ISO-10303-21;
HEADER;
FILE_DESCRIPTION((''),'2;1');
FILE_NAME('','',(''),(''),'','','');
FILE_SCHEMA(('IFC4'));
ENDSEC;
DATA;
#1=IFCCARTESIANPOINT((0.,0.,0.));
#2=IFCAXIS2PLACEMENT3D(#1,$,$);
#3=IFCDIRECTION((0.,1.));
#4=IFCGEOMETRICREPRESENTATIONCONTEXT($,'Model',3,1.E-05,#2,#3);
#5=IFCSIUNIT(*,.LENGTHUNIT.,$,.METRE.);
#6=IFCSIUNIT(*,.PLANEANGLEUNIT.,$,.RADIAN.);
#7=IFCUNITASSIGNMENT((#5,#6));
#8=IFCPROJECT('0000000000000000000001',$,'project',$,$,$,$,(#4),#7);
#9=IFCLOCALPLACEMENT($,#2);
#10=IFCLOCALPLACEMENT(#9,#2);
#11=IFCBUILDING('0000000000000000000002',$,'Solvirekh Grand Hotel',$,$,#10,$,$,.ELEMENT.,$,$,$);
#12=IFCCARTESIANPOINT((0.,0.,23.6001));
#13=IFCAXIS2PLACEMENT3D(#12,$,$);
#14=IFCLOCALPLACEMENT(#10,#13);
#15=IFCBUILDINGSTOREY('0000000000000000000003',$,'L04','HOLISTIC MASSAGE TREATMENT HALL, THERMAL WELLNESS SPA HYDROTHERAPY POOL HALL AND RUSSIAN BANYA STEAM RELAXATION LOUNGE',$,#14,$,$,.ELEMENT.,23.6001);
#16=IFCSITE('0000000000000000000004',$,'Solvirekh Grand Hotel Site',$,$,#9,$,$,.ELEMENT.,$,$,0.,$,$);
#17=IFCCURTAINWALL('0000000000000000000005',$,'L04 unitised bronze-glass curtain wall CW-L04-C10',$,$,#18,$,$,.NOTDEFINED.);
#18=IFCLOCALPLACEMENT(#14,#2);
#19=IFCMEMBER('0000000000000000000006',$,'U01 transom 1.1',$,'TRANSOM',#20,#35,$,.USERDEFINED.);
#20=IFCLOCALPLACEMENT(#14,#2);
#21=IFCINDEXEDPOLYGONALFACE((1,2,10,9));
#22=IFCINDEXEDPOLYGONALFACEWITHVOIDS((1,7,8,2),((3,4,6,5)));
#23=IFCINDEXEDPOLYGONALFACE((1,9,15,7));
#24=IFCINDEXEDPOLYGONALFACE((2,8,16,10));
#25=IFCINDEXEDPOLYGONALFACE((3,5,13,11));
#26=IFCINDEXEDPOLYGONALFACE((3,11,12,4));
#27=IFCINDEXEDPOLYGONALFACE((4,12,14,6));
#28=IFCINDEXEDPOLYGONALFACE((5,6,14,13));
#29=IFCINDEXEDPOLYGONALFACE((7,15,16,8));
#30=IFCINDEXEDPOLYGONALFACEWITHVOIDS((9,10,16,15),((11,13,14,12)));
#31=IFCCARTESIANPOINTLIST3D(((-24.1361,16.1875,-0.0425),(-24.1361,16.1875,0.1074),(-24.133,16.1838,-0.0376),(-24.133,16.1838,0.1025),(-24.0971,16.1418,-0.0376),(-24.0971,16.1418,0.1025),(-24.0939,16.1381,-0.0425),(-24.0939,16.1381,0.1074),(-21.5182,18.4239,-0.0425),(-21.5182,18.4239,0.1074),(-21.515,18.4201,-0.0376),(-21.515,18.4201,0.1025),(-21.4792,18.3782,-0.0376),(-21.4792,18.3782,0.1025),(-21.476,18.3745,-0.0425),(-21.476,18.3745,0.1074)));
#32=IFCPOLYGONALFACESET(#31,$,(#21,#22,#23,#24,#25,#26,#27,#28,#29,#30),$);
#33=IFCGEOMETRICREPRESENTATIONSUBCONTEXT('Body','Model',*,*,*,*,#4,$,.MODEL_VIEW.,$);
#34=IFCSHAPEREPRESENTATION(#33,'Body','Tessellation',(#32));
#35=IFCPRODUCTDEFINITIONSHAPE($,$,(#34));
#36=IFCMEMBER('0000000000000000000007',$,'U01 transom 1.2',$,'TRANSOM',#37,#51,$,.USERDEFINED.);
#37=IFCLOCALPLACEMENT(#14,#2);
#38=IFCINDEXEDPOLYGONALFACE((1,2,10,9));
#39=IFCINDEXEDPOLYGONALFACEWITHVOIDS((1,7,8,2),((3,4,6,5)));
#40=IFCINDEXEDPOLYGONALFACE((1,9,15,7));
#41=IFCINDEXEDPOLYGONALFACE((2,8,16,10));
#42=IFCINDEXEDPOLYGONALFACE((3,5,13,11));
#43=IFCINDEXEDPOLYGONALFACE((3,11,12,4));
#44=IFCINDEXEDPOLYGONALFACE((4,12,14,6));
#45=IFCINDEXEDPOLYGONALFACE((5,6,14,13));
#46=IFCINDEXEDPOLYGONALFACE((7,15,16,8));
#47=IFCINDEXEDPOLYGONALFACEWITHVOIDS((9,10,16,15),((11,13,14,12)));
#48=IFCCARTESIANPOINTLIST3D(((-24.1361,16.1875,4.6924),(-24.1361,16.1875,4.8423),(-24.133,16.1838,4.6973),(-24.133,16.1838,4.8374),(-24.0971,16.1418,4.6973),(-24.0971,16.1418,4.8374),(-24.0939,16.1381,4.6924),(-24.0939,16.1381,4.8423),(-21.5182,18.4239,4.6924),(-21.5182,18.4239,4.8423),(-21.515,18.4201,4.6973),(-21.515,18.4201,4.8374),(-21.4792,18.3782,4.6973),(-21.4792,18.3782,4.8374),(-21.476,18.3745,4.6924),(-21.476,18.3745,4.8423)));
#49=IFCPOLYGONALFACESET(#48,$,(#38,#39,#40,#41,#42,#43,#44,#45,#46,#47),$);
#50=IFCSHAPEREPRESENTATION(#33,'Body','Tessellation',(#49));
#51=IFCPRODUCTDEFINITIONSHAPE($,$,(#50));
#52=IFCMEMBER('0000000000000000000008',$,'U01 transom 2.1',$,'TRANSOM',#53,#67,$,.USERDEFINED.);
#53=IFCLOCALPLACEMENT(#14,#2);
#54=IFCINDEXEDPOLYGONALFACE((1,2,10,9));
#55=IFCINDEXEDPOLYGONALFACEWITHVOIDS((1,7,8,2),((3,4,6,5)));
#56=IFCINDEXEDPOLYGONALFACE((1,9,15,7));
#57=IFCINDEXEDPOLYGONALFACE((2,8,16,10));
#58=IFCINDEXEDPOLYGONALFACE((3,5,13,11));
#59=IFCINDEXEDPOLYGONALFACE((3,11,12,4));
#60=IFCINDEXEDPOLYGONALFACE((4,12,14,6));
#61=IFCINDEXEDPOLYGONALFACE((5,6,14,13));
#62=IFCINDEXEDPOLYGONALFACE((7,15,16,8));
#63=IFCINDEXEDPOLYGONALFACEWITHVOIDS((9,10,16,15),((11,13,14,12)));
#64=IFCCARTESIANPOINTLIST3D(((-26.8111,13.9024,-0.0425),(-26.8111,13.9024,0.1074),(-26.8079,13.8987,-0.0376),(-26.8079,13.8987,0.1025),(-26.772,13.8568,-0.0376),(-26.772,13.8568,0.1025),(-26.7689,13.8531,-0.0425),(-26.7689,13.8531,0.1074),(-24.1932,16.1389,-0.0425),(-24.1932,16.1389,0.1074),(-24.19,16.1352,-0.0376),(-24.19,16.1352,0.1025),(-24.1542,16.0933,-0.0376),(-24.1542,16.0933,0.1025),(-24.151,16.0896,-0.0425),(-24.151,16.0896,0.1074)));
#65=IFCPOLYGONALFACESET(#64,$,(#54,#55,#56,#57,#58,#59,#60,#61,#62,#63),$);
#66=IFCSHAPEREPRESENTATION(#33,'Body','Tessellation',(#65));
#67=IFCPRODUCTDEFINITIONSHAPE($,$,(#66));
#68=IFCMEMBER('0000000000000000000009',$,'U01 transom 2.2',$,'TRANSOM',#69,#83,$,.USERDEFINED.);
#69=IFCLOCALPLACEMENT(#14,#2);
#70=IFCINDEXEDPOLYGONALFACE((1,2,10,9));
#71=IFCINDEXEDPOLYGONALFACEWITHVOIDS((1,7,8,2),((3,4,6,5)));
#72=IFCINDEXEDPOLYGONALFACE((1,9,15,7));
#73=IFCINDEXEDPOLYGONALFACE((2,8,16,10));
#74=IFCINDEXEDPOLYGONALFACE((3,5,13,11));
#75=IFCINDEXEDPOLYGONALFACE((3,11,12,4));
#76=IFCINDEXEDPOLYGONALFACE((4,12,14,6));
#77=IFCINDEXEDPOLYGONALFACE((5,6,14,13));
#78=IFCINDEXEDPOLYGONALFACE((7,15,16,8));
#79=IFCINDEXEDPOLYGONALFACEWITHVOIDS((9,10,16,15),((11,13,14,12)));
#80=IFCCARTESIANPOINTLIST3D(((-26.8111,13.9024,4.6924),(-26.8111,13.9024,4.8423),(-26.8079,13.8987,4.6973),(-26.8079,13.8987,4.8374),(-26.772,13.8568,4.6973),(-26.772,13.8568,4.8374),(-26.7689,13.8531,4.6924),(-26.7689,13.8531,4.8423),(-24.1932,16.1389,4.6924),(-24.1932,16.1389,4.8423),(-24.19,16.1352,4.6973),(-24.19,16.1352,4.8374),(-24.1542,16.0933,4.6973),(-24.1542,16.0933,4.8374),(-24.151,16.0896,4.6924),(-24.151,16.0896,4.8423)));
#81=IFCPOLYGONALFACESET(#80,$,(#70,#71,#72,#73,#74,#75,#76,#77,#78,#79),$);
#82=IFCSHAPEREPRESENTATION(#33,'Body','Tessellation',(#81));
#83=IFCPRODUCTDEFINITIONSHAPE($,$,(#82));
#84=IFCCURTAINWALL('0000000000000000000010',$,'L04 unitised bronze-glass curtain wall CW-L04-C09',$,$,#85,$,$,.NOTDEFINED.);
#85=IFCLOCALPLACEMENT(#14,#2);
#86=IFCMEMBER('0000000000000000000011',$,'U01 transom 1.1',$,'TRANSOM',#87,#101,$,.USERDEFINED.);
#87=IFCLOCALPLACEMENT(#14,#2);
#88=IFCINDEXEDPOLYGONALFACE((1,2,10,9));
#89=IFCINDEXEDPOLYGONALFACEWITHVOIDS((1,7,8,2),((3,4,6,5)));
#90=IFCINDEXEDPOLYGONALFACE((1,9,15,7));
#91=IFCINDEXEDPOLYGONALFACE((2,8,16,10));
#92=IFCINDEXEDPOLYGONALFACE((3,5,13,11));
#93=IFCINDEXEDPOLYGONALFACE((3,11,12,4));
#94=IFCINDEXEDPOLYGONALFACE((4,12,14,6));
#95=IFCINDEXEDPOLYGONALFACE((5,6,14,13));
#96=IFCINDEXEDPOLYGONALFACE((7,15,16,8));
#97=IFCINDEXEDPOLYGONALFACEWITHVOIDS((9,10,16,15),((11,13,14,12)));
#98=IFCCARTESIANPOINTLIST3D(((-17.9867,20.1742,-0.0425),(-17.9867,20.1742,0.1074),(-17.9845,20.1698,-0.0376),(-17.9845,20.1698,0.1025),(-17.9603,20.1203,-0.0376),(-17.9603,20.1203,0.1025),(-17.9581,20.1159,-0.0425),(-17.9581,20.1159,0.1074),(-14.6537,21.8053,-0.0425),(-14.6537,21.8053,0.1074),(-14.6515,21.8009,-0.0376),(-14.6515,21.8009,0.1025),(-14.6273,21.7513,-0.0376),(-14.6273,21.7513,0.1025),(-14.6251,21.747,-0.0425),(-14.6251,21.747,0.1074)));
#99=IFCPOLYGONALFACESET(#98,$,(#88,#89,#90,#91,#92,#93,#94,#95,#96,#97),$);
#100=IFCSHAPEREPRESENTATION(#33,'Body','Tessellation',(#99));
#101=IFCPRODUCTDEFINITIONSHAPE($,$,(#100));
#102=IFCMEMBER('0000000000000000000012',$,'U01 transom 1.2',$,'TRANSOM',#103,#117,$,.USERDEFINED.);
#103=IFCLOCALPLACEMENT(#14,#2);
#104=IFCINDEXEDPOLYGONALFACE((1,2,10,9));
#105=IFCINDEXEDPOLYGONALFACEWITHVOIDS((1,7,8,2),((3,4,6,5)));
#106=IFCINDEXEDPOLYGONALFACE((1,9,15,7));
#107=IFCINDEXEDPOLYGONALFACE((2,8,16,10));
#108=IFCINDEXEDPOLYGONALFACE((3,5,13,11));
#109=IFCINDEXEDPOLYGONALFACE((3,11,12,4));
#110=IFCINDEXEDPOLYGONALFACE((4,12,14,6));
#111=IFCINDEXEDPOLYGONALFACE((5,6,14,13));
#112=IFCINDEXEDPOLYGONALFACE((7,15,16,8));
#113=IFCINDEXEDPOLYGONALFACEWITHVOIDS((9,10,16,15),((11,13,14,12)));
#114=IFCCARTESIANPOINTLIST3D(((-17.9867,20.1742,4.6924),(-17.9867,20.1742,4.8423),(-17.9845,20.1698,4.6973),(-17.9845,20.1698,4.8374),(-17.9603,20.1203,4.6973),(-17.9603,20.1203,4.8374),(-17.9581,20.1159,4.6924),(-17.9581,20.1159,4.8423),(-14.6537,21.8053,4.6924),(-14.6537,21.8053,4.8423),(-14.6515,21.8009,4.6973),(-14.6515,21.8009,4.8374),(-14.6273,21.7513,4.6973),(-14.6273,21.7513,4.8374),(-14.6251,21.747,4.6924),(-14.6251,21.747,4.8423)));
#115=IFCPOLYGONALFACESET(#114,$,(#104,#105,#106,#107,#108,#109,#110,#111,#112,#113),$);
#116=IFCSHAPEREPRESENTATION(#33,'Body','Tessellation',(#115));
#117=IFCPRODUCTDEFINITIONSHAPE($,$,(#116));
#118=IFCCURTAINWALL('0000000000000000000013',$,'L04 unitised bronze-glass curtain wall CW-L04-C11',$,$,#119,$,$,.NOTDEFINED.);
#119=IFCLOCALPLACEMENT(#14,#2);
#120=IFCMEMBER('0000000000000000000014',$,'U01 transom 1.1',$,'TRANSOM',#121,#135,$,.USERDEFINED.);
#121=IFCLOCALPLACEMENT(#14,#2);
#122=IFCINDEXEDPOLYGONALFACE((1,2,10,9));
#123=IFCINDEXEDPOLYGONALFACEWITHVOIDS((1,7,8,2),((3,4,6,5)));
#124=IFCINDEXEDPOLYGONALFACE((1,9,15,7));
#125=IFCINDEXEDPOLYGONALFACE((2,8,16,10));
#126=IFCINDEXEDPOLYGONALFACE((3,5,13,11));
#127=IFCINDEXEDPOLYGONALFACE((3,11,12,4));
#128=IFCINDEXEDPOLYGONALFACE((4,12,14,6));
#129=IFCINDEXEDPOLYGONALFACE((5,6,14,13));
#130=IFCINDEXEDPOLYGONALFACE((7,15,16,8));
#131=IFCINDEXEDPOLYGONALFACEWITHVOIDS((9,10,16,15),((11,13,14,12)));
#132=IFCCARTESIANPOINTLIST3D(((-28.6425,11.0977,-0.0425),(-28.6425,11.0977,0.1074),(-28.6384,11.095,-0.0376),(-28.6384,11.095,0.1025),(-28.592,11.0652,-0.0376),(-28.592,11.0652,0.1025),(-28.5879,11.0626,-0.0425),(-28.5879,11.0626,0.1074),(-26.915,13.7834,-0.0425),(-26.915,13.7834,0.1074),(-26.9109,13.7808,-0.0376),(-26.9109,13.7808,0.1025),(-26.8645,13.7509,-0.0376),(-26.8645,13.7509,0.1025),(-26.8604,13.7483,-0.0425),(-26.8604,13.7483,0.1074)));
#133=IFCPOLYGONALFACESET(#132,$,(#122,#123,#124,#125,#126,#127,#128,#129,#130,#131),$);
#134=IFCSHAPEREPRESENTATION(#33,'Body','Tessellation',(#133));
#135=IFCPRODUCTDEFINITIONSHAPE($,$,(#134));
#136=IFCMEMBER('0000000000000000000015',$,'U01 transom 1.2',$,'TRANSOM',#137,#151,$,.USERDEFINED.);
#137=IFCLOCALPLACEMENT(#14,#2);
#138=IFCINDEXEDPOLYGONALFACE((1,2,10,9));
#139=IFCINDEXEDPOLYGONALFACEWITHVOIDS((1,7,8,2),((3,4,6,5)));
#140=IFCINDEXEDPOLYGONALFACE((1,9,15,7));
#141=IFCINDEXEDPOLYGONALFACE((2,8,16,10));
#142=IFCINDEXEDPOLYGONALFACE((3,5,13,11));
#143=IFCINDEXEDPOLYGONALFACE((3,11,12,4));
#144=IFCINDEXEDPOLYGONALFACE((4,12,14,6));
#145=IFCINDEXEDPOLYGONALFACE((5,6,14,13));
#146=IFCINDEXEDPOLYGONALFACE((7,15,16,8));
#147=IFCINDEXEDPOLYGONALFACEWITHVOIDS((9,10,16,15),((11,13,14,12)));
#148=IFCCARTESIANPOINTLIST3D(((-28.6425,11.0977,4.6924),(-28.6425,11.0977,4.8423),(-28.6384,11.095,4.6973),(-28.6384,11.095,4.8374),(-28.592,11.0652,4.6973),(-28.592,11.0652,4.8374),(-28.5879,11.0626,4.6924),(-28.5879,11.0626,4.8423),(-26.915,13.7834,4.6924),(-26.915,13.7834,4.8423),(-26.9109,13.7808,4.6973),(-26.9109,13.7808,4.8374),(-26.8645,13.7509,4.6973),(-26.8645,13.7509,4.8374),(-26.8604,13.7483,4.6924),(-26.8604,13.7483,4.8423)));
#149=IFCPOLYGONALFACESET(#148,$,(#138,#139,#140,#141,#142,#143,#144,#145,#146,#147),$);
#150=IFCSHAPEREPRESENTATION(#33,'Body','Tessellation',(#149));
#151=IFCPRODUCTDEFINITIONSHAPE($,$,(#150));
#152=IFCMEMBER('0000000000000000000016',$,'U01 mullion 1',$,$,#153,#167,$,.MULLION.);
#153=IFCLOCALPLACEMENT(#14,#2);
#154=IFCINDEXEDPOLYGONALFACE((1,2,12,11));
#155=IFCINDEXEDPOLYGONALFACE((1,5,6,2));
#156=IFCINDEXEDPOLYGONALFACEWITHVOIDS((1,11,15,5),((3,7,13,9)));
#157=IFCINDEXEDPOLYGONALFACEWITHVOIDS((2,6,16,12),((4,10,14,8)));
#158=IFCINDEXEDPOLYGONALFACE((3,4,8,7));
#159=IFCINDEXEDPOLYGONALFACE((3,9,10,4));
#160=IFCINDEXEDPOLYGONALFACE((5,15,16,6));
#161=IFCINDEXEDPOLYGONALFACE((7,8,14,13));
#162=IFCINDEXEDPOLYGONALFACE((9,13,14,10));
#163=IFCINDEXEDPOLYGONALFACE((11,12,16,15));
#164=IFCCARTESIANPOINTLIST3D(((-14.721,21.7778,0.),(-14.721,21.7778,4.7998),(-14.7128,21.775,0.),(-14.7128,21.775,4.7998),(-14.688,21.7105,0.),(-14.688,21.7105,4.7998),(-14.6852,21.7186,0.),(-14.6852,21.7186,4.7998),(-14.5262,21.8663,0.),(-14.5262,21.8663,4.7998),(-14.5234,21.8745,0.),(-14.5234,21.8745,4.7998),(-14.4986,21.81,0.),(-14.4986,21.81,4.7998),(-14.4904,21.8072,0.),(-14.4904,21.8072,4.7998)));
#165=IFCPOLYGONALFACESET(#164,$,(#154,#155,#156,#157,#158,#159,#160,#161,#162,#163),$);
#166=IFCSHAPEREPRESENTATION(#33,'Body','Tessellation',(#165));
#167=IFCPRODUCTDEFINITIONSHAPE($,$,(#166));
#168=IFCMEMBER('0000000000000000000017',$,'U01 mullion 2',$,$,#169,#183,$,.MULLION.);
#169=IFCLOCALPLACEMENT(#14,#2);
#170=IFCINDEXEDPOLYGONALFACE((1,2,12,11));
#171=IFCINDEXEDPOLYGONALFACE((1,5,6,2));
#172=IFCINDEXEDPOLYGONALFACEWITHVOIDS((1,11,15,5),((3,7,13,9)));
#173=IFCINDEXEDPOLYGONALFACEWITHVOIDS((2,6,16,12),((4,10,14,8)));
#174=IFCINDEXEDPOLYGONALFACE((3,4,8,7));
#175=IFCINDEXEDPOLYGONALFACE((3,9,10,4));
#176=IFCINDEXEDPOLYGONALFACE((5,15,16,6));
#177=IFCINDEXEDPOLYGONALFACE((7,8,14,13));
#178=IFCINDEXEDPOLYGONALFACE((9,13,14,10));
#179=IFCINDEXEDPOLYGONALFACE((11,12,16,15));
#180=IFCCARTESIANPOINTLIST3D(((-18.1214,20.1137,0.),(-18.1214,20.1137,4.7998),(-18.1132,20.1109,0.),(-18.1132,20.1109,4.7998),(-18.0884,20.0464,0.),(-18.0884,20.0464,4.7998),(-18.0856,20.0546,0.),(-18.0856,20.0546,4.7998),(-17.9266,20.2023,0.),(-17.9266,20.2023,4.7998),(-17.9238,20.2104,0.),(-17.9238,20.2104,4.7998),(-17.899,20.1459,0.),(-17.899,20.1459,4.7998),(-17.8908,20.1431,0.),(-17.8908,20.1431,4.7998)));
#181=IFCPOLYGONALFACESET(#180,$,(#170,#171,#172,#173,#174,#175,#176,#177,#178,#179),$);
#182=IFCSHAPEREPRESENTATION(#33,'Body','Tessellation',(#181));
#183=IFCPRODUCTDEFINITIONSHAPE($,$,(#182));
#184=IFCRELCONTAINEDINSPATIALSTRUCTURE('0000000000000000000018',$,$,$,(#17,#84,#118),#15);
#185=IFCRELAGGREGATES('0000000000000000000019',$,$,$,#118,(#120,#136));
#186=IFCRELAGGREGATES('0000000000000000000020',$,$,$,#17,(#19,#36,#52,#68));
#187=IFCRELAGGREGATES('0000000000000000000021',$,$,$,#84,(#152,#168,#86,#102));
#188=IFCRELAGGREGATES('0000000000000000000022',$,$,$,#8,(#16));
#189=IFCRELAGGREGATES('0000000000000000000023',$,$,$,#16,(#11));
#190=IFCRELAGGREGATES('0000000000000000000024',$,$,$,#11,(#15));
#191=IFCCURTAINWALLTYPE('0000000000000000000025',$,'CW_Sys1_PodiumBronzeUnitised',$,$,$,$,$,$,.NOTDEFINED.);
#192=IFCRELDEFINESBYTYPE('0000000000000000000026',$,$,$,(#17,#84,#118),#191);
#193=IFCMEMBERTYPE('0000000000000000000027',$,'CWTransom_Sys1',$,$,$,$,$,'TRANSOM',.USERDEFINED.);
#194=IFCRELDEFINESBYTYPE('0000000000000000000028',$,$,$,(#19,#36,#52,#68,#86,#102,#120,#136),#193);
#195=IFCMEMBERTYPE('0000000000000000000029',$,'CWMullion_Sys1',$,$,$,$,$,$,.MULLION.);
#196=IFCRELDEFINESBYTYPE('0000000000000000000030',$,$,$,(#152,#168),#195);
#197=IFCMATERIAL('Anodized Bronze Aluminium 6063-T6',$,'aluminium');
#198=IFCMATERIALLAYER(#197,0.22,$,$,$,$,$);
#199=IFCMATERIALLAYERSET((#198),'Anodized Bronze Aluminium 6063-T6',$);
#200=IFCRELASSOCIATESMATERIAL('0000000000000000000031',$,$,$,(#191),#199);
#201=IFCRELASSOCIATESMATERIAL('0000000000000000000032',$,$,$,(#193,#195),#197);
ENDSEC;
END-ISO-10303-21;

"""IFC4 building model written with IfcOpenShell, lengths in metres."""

from ifc_helpers import new_model, si_unit, direction, frame, origin, origin_2d, place, context, subcontext, project, spatial, hollow_rectangle, extrude, source, transform, mapped, material, layer, layer_set, material_profile, profile_set, type_object, element, aggregate, save


model = new_model("IFC4")

# Units and contexts
model_context = context("Model", 3, precision=1e-05, world=origin(), true_north=direction((0.0, 1.0)))
body_context = subcontext(model_context, "Body", "Model", "MODEL_VIEW")
ifc_project = project(units=[si_unit("LENGTHUNIT", "METRE"), si_unit("PLANEANGLEUNIT", "RADIAN")], contexts=[model_context])

# Site, building, storey
site_placement = place(None, origin())
site = spatial("IfcSite", under=ifc_project, at=site_placement, Name="Solvirekh Grand Hotel Site", CompositionType="ELEMENT", RefElevation=0.0)
building_placement = place(site_placement, origin())
building = spatial("IfcBuilding", under=site, at=building_placement, Name="Solvirekh Grand Hotel", CompositionType="ELEMENT")
storey_placement = place(building_placement, frame((0.0, 0.0, 23.6001)))
storey = spatial("IfcBuildingStorey", under=building, at=storey_placement, Name="L04", Description="HOLISTIC MASSAGE TREATMENT HALL, THERMAL WELLNESS SPA HYDROTHERAPY POOL HALL AND RUSSIAN BANYA STEAM RELAXATION LOUNGE", CompositionType="ELEMENT", Elevation=23.6001)

# Curtain walls, members
ifc_material_1 = material(Name="Anodized Bronze Aluminium 6063-T6", Category="aluminium")
ifc_layer_1 = layer(ifc_material_1, 0.22)
ifc_layer_set_1 = layer_set([ifc_layer_1], Name="Anodized Bronze Aluminium 6063-T6")
curtain_wall_type = type_object("IfcCurtainWallType", Name="CW_Sys1_PodiumBronzeUnitised", PredefinedType="NOTDEFINED", material=ifc_layer_set_1)
curtain_wall_1_placement = place(storey_placement, origin())
curtain_wall_1 = element("IfcCurtainWall", 1, at=curtain_wall_1_placement, inside=storey, type_object=curtain_wall_type, Name="L04 unitised bronze-glass curtain wall CW-L04-C10", PredefinedType="NOTDEFINED")
ifc_material_profile_1 = material_profile(ifc_material_1, hollow_rectangle(XDim=0.0649, YDim=0.1499, WallThickness=0.0049, at=origin_2d()), Name="ALU RHS 150X65X5")
ifc_profile_set_1 = profile_set([ifc_material_profile_1], Name="Anodized Bronze Aluminium 6063-T6")
member_type_1 = type_object("IfcMemberType", Name="CWTransom_Sys1", ElementType="TRANSOM", PredefinedType="USERDEFINED", material=ifc_profile_set_1)
shared_shape_1 = source(origin(), body_context, "Body", "SweptSolid", [
    extrude(hollow_rectangle(XDim=0.0649, YDim=0.1499, WallThickness=0.0049, at=origin_2d()), origin(), (0.0, 0.0, 1.0), 3.4431),
])
member_1_placement = place(storey_placement, frame((-21.4971, 18.3992, 0.0325), z_axis=(-0.760347, -0.649517, 0.0), x_axis=(0.649517, -0.760347, 0.0)))
member_1 = element("IfcMember", 2, at=member_1_placement, type_object=member_type_1, Name="U01 transom 1.1", ObjectType="TRANSOM", PredefinedType="USERDEFINED", context=body_context, shape_type="MappedRepresentation", body=[
    mapped(shared_shape_1, transform((0.0, 0.0, 0.0), x_axis=(1.0, 0.0, 0.0), y_axis=(0.0, 1.0, 0.0), z_axis=(0.0, 0.0, 1.0), scale=1.0)),
])
member_2_placement = place(storey_placement, frame((-21.4971, 18.3992, 4.7673), z_axis=(-0.760347, -0.649517, 0.0), x_axis=(0.649517, -0.760347, 0.0)))
member_2 = element("IfcMember", 3, at=member_2_placement, type_object=member_type_1, Name="U01 transom 1.2", ObjectType="TRANSOM", PredefinedType="USERDEFINED", context=body_context, shape_type="MappedRepresentation", body=[
    mapped(shared_shape_1, transform((0.0, 0.0, 0.0), x_axis=(1.0, 0.0, 0.0), y_axis=(0.0, 1.0, 0.0), z_axis=(0.0, 0.0, 1.0), scale=1.0)),
])
member_3_placement = place(storey_placement, frame((-24.1721, 16.1143, 0.0325), z_axis=(-0.760312, -0.649558, 0.0), x_axis=(0.649558, -0.760312, 0.0)))
member_3 = element("IfcMember", 4, at=member_3_placement, type_object=member_type_1, Name="U01 transom 2.1", ObjectType="TRANSOM", PredefinedType="USERDEFINED", context=body_context, shape_type="MappedRepresentation", body=[
    mapped(shared_shape_1, transform((0.0, 0.0, 0.0), x_axis=(1.0, 0.0, 0.0), y_axis=(0.0, 1.0, 0.0), z_axis=(0.0, 0.0, 1.0), scale=1.0)),
])
member_4_placement = place(storey_placement, frame((-24.1721, 16.1143, 4.7673), z_axis=(-0.760312, -0.649558, 0.0), x_axis=(0.649558, -0.760312, 0.0)))
member_4 = element("IfcMember", 5, at=member_4_placement, type_object=member_type_1, Name="U01 transom 2.2", ObjectType="TRANSOM", PredefinedType="USERDEFINED", context=body_context, shape_type="MappedRepresentation", body=[
    mapped(shared_shape_1, transform((0.0, 0.0, 0.0), x_axis=(1.0, 0.0, 0.0), y_axis=(0.0, 1.0, 0.0), z_axis=(0.0, 0.0, 1.0), scale=1.0)),
])
curtain_wall_2_placement = place(storey_placement, origin())
curtain_wall_2 = element("IfcCurtainWall", 6, at=curtain_wall_2_placement, inside=storey, type_object=curtain_wall_type, Name="L04 unitised bronze-glass curtain wall CW-L04-C09", PredefinedType="NOTDEFINED")
shared_shape_2 = source(origin(), body_context, "Body", "SweptSolid", [
    extrude(hollow_rectangle(XDim=0.0649, YDim=0.1499, WallThickness=0.0049, at=origin_2d()), origin(), (0.0, 0.0, 1.0), 3.7107),
])
member_5_placement = place(storey_placement, frame((-14.6394, 21.7761, 0.0325), z_axis=(-0.898211, -0.439565, 0.0), x_axis=(0.439565, -0.898211, 0.0)))
member_5 = element("IfcMember", 7, at=member_5_placement, type_object=member_type_1, Name="U01 transom 1.1", ObjectType="TRANSOM", PredefinedType="USERDEFINED", context=body_context, shape_type="MappedRepresentation", body=[
    mapped(shared_shape_2, transform((0.0, 0.0, 0.0), x_axis=(1.0, 0.0, 0.0), y_axis=(0.0, 1.0, 0.0), z_axis=(0.0, 0.0, 1.0), scale=1.0)),
])
member_6_placement = place(storey_placement, frame((-14.6394, 21.7761, 4.7673), z_axis=(-0.898211, -0.439565, 0.0), x_axis=(0.439565, -0.898211, 0.0)))
member_6 = element("IfcMember", 8, at=member_6_placement, type_object=member_type_1, Name="U01 transom 1.2", ObjectType="TRANSOM", PredefinedType="USERDEFINED", context=body_context, shape_type="MappedRepresentation", body=[
    mapped(shared_shape_2, transform((0.0, 0.0, 0.0), x_axis=(1.0, 0.0, 0.0), y_axis=(0.0, 1.0, 0.0), z_axis=(0.0, 0.0, 1.0), scale=1.0)),
])
curtain_wall_3_placement = place(storey_placement, origin())
curtain_wall_3 = element("IfcCurtainWall", 9, at=curtain_wall_3_placement, inside=storey, type_object=curtain_wall_type, Name="L04 unitised bronze-glass curtain wall CW-L04-C11", PredefinedType="NOTDEFINED")
shared_shape_3 = source(origin(), body_context, "Body", "SweptSolid", [
    extrude(hollow_rectangle(XDim=0.0649, YDim=0.1499, WallThickness=0.0049, at=origin_2d()), origin(), (0.0, 0.0, 1.0), 3.1934),
])
member_7_placement = place(storey_placement, frame((-26.8877, 13.7659, 0.0325), z_axis=(-0.54097, -0.841042, 0.0), x_axis=(0.841042, -0.54097, 0.0)))
member_7 = element("IfcMember", 10, at=member_7_placement, type_object=member_type_1, Name="U01 transom 1.1", ObjectType="TRANSOM", PredefinedType="USERDEFINED", context=body_context, shape_type="MappedRepresentation", body=[
    mapped(shared_shape_3, transform((0.0, 0.0, 0.0), x_axis=(1.0, 0.0, 0.0), y_axis=(0.0, 1.0, 0.0), z_axis=(0.0, 0.0, 1.0), scale=1.0)),
])
member_8_placement = place(storey_placement, frame((-26.8877, 13.7659, 4.7673), z_axis=(-0.54097, -0.841042, 0.0), x_axis=(0.841042, -0.54097, 0.0)))
member_8 = element("IfcMember", 11, at=member_8_placement, type_object=member_type_1, Name="U01 transom 1.2", ObjectType="TRANSOM", PredefinedType="USERDEFINED", context=body_context, shape_type="MappedRepresentation", body=[
    mapped(shared_shape_3, transform((0.0, 0.0, 0.0), x_axis=(1.0, 0.0, 0.0), y_axis=(0.0, 1.0, 0.0), z_axis=(0.0, 0.0, 1.0), scale=1.0)),
])

# Members
ifc_material_profile_2 = material_profile(ifc_material_1, hollow_rectangle(XDim=0.075, YDim=0.22, WallThickness=0.0061, at=origin_2d()), Name="ALU RHS 220X75X6")
ifc_profile_set_2 = profile_set([ifc_material_profile_2], Name="Anodized Bronze Aluminium 6063-T6")
member_type_2 = type_object("IfcMemberType", Name="CWMullion_Sys1", PredefinedType="MULLION", material=ifc_profile_set_2)
shared_shape_4 = source(origin(), body_context, "Body", "SweptSolid", [
    extrude(hollow_rectangle(XDim=0.075, YDim=0.22, WallThickness=0.0061, at=origin_2d()), origin(), (0.0, 0.0, 1.0), 4.7998),
])
member_9_placement = place(storey_placement, frame((-14.6057, 21.7925, 0.0), z_axis=(0.0, 0.0, 1.0), x_axis=(0.43956, -0.898213, 0.0)))
member_9 = element("IfcMember", 12, at=member_9_placement, type_object=member_type_2, Name="U01 mullion 1", PredefinedType="MULLION", context=body_context, shape_type="MappedRepresentation", body=[
    mapped(shared_shape_4, transform((0.0, 0.0, 0.0), x_axis=(1.0, 0.0, 0.0), y_axis=(0.0, 1.0, 0.0), z_axis=(0.0, 0.0, 1.0), scale=1.0)),
])
member_10_placement = place(storey_placement, frame((-18.0061, 20.1284, 0.0), z_axis=(0.0, 0.0, 1.0), x_axis=(0.43956, -0.898213, 0.0)))
member_10 = element("IfcMember", 13, at=member_10_placement, type_object=member_type_2, Name="U01 mullion 2", PredefinedType="MULLION", context=body_context, shape_type="MappedRepresentation", body=[
    mapped(shared_shape_4, transform((0.0, 0.0, 0.0), x_axis=(1.0, 0.0, 0.0), y_axis=(0.0, 1.0, 0.0), z_axis=(0.0, 0.0, 1.0), scale=1.0)),
])

aggregate(curtain_wall_3, [member_7, member_8])
aggregate(curtain_wall_1, [member_1, member_2, member_3, member_4])
aggregate(curtain_wall_2, [member_9, member_10, member_5, member_6])

save(model, "model.ifc")
